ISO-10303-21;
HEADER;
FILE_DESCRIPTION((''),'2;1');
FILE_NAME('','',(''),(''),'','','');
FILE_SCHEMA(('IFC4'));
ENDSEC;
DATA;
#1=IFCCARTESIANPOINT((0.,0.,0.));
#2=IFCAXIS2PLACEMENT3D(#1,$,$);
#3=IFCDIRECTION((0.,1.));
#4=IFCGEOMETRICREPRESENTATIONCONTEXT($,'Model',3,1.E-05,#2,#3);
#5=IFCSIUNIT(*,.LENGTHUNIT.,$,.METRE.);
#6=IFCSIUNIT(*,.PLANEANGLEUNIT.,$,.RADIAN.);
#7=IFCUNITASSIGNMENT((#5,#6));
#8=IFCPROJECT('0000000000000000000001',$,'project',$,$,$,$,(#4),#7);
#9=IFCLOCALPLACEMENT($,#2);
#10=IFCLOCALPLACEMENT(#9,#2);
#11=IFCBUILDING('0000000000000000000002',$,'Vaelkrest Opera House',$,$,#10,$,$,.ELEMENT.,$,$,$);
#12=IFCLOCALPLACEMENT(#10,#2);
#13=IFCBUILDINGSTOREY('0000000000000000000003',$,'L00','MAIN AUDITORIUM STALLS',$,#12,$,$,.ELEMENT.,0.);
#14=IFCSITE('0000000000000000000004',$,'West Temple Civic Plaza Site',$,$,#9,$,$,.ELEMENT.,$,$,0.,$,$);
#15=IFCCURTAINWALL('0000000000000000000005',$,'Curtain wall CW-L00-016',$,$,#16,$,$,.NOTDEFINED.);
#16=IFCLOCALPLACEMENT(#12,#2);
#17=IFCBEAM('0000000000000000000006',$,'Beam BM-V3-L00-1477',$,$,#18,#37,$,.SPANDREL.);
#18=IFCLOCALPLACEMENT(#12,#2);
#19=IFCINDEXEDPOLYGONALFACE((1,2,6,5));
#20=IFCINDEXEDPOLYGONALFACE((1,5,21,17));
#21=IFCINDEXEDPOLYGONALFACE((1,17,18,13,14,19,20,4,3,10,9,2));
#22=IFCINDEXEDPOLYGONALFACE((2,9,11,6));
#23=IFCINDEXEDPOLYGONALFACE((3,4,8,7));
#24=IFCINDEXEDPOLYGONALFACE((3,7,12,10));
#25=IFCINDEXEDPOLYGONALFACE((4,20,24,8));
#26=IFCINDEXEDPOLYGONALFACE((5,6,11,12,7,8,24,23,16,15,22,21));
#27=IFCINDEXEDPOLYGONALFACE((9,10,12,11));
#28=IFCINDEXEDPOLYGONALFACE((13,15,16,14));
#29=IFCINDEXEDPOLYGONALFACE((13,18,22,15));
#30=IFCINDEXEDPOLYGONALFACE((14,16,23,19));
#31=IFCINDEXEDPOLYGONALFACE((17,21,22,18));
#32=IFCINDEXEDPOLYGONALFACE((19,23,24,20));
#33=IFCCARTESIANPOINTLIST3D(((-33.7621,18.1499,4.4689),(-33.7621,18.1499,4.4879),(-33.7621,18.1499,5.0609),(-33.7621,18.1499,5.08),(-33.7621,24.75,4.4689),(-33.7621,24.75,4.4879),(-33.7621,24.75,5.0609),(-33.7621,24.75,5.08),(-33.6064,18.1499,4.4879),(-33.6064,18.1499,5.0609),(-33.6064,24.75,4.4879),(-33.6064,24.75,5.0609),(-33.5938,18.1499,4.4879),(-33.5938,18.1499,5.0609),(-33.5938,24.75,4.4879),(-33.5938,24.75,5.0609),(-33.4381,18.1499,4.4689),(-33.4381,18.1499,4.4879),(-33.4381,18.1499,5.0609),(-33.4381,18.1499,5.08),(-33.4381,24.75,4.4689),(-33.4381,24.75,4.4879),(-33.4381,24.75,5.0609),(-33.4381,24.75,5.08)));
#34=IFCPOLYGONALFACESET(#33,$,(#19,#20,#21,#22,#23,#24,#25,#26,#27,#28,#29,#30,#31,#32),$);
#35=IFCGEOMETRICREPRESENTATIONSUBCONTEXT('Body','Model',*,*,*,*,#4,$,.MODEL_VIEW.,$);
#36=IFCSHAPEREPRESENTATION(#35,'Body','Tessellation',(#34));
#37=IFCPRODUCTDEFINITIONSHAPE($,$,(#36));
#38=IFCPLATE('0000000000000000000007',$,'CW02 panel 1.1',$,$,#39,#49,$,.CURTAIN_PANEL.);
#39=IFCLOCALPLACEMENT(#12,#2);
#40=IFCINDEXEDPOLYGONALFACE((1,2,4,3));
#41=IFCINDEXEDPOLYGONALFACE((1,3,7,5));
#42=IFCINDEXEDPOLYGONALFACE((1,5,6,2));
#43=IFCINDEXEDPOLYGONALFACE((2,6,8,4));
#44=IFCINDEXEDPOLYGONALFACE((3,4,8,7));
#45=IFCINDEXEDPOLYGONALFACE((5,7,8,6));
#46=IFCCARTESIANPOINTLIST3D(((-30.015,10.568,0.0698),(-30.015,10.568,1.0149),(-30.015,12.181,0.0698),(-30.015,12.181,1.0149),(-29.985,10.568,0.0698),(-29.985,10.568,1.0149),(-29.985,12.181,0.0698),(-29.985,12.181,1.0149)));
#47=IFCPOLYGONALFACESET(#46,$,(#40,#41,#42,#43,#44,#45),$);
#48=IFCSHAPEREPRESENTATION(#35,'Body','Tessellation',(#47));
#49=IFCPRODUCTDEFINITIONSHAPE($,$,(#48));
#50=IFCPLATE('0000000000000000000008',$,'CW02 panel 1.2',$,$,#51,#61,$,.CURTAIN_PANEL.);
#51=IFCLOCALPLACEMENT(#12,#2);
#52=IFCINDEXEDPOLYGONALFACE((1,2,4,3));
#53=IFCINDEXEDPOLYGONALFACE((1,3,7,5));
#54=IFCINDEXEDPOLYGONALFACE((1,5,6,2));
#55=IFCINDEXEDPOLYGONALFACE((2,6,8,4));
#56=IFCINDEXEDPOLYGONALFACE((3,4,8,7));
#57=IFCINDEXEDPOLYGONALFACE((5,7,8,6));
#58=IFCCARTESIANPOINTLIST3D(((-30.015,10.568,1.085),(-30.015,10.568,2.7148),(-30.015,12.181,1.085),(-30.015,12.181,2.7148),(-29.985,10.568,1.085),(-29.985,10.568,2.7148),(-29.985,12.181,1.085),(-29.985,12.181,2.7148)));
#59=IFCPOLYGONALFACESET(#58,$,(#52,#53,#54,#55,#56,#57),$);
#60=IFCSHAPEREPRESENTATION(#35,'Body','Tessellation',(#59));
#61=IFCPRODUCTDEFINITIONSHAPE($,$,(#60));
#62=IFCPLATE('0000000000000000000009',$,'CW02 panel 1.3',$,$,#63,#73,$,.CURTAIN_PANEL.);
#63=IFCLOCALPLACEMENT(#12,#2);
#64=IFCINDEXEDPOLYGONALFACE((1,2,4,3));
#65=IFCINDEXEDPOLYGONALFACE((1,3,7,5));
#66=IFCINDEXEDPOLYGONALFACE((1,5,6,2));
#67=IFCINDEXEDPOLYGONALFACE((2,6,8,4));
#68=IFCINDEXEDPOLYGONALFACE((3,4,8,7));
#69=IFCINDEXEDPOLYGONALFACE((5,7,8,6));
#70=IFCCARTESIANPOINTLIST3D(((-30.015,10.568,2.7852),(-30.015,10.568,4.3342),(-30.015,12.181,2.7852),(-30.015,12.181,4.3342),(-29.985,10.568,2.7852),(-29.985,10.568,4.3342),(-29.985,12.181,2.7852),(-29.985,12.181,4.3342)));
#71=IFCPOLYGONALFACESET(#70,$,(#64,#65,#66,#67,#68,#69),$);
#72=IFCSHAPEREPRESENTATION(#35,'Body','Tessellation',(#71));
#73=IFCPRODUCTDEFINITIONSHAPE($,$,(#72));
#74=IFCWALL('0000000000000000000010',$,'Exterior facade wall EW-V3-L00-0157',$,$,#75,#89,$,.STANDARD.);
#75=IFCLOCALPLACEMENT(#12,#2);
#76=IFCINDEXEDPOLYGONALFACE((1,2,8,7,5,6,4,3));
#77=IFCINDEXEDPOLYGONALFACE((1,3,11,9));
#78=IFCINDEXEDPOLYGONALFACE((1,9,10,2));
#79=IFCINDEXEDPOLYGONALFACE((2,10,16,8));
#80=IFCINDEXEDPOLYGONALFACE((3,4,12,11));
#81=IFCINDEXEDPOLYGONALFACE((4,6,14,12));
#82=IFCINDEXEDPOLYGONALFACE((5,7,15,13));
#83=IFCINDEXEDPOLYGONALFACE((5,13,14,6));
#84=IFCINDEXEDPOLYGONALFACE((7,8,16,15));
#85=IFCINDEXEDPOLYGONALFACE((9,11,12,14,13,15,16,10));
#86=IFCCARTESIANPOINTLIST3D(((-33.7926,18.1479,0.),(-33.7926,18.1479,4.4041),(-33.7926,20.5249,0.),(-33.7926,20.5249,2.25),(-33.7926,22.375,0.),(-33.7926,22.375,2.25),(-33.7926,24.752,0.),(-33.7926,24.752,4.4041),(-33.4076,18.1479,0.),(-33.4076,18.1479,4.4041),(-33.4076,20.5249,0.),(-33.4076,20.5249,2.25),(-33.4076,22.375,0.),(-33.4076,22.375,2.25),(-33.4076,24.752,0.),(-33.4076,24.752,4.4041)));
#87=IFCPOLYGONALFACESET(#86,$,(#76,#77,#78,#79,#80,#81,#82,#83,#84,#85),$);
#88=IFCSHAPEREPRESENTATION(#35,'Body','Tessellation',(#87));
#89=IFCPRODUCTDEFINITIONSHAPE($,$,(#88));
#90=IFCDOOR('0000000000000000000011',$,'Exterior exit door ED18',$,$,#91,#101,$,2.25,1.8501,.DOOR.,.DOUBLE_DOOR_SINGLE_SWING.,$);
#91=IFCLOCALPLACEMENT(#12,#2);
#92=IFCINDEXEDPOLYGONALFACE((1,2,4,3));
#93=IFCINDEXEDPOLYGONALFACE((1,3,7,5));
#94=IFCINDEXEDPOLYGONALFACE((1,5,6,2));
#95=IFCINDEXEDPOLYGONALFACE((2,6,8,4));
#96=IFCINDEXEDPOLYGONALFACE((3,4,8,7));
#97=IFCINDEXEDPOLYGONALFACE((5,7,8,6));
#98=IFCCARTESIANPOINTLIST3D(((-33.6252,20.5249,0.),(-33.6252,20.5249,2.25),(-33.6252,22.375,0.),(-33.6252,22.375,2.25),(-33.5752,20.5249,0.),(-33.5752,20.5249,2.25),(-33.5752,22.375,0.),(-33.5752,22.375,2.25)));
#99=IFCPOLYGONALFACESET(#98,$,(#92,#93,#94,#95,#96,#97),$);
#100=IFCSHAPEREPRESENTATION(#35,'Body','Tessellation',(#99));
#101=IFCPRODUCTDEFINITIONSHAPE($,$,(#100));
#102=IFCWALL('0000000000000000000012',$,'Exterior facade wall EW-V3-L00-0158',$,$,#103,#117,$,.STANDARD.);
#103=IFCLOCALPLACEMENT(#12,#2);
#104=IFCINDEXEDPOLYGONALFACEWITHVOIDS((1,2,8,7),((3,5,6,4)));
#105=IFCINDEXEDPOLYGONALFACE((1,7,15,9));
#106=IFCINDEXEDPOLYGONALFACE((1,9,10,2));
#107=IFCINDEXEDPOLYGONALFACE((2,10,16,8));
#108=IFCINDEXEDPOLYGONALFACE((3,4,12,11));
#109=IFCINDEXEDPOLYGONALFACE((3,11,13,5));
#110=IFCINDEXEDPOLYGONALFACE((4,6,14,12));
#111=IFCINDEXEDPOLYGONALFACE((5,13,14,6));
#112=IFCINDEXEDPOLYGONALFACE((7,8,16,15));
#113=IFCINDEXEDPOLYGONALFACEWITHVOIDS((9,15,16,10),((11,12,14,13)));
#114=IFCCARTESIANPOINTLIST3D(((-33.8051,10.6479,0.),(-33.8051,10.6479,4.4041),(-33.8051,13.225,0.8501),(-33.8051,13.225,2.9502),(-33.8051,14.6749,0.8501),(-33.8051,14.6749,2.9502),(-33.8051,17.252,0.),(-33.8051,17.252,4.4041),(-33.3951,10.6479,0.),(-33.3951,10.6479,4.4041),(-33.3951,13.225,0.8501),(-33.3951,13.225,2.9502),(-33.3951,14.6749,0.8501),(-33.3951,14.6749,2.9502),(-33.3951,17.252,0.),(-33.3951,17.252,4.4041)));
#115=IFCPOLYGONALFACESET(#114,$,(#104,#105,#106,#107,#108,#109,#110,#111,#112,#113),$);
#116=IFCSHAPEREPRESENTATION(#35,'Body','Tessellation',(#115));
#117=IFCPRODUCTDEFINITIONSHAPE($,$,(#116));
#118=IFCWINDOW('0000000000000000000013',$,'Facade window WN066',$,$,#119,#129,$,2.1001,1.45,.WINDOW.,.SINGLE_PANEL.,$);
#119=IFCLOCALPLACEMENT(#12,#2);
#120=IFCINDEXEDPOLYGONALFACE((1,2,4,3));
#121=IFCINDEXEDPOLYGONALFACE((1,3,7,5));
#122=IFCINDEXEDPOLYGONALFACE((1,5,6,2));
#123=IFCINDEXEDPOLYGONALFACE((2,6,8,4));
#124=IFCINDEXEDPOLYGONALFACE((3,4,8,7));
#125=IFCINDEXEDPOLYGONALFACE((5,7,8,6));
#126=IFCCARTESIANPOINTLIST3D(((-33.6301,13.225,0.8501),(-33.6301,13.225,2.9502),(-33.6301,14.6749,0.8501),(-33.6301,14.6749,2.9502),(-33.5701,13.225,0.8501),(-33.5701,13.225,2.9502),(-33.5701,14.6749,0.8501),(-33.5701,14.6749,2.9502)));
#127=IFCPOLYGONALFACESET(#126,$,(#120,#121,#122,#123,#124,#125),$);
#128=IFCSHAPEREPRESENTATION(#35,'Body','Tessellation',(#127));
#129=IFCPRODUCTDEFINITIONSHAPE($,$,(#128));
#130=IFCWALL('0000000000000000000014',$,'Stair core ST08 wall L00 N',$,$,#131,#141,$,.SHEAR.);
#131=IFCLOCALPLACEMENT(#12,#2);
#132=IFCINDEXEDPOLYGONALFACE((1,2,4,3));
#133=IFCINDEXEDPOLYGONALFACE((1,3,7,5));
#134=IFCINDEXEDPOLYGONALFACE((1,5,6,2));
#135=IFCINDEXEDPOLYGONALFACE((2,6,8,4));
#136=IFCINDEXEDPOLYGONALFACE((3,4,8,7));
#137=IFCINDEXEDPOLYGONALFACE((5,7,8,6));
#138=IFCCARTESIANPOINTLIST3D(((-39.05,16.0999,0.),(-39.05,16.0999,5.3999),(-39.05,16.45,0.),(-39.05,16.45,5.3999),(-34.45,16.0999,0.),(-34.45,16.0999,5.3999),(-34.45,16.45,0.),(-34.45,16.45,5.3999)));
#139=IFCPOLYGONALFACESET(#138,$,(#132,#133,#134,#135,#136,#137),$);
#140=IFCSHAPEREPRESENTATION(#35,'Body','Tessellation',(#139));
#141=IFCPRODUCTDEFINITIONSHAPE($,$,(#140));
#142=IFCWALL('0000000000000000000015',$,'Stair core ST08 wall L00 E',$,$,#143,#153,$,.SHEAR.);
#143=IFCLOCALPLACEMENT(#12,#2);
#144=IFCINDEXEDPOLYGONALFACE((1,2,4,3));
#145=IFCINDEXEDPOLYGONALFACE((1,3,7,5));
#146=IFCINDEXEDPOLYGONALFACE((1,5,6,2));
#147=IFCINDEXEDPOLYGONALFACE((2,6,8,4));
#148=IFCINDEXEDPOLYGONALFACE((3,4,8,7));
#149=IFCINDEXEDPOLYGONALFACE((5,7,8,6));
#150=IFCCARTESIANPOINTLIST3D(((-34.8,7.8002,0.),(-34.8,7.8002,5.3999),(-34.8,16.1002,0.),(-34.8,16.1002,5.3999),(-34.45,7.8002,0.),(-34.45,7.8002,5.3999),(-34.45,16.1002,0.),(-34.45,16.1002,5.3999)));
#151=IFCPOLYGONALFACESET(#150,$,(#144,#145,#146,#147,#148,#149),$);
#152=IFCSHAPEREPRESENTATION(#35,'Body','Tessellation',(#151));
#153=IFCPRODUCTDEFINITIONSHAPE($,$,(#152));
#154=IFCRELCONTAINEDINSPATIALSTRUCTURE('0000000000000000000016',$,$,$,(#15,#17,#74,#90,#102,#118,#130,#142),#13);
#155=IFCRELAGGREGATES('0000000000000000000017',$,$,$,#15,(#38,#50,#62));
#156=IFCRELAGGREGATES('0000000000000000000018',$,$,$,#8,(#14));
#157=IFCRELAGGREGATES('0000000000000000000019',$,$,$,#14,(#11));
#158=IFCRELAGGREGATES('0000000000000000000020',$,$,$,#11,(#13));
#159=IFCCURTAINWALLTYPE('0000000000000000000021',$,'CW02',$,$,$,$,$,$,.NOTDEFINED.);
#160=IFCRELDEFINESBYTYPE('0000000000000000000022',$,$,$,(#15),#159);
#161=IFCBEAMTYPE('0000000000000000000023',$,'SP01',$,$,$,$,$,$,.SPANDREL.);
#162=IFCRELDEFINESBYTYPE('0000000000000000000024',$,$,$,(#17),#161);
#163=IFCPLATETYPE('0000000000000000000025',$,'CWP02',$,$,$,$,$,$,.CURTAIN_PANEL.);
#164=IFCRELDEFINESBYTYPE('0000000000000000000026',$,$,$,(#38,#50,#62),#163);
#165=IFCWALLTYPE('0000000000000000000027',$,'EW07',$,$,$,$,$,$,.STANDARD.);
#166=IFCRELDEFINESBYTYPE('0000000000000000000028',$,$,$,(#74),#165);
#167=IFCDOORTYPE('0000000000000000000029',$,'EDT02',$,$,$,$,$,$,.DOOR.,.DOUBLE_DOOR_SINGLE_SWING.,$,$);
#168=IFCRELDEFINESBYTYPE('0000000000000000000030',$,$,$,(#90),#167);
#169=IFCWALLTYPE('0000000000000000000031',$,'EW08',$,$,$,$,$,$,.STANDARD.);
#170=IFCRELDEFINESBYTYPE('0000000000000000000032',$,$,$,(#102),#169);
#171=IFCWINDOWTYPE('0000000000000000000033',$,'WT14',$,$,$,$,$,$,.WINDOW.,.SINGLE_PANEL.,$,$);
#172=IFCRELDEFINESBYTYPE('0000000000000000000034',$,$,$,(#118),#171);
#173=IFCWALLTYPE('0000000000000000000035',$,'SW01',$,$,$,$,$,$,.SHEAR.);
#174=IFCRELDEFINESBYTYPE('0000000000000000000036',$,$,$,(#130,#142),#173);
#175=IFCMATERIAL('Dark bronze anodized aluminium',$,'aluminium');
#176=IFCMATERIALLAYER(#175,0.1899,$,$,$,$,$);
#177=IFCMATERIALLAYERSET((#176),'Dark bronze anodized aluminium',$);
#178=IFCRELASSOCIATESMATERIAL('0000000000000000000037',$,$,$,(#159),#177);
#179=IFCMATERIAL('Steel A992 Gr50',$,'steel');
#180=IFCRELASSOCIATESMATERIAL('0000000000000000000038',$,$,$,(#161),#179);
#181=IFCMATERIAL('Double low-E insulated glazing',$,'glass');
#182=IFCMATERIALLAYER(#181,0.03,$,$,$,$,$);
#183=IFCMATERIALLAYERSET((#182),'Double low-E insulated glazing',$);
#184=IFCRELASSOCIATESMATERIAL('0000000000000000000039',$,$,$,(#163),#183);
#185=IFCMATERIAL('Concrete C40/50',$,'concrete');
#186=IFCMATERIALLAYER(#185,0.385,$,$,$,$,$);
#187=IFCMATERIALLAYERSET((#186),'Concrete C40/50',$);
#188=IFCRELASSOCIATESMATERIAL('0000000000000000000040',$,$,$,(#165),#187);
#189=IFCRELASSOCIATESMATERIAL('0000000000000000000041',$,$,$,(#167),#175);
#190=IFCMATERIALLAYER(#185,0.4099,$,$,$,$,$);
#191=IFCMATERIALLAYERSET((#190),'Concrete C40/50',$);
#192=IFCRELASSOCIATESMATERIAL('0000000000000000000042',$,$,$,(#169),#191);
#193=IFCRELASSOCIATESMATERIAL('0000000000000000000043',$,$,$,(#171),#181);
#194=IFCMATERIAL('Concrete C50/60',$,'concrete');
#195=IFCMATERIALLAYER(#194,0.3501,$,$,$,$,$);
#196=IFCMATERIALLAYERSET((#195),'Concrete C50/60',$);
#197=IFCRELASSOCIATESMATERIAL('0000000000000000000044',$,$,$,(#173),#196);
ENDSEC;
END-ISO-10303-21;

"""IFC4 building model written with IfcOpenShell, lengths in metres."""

from ifc_helpers import new_model, si_unit, direction, frame, frame_2d, origin, origin_2d, place, context, subcontext, project, spatial, rectangle, i_section, extrude, material, layer, layer_set, material_profile, profile_set, type_object, element, fill, aggregate, save


model = new_model("IFC4")

# Units and contexts
model_context = context("Model", 3, precision=1e-05, world=origin(), true_north=direction((0.0, 1.0)))
body_context = subcontext(model_context, "Body", "Model", "MODEL_VIEW")
ifc_project = project(units=[si_unit("LENGTHUNIT", "METRE"), si_unit("PLANEANGLEUNIT", "RADIAN")], contexts=[model_context])

# Site, building, storey
site_placement = place(None, origin())
site = spatial("IfcSite", under=ifc_project, at=site_placement, Name="West Temple Civic Plaza Site", CompositionType="ELEMENT", RefElevation=0.0)
building_placement = place(site_placement, origin())
building = spatial("IfcBuilding", under=site, at=building_placement, Name="Vaelkrest Opera House", CompositionType="ELEMENT")
storey_placement = place(building_placement, origin())
storey = spatial("IfcBuildingStorey", under=building, at=storey_placement, Name="L00", Description="MAIN AUDITORIUM STALLS", CompositionType="ELEMENT", Elevation=0.0)

# Shared definitions
ifc_material_1 = material(Name="Concrete C50/60", Category="concrete")

# Shared definitions
ifc_material_2 = material(Name="Dark bronze anodized aluminium", Category="aluminium")

# Curtain wall
ifc_layer_1 = layer(ifc_material_2, 0.1899)
ifc_layer_set_1 = layer_set([ifc_layer_1], Name="Dark bronze anodized aluminium")
curtain_wall_type_1 = type_object("IfcCurtainWallType", Name="CW02", PredefinedType="NOTDEFINED", material=ifc_layer_set_1)
curtain_wall_1_placement = place(storey_placement, origin())
curtain_wall_1 = element("IfcCurtainWall", 1, at=curtain_wall_1_placement, inside=storey, type_object=curtain_wall_type_1, Name="Curtain wall CW-L00-016", PredefinedType="NOTDEFINED")

# Beam
ifc_material_3 = material(Name="Steel A992 Gr50", Category="steel")
ifc_material_profile_1 = material_profile(ifc_material_3, i_section(OverallWidth=0.324, OverallDepth=0.6111, WebThickness=0.0127, FlangeThickness=0.019, at=origin_2d()), Name="W24X104")
ifc_profile_set_1 = profile_set([ifc_material_profile_1], Name="Steel A992 Gr50")
beam_type_1 = type_object("IfcBeamType", Name="SP01", PredefinedType="SPANDREL", material=ifc_profile_set_1)
for number, where, z_axis, x_axis, name in (
    (2, (-33.6001, 18.1499, 4.7744), (0.0, 1.0, 0.0), (-1.0, 0.0, 0.0), "Beam BM-V3-L00-1477"),
):
    element("IfcBeam", number, at=place(storey_placement, frame(where, z_axis=z_axis, x_axis=x_axis)), inside=storey, type_object=beam_type_1, Name=name, PredefinedType="SPANDREL", context=body_context, shape_type="SweptSolid", body=[
        extrude(i_section(OverallWidth=0.324, OverallDepth=0.6111, WebThickness=0.0127, FlangeThickness=0.019, at=origin_2d()), origin(), (0.0, 0.0, 1.0), 6.6001),
    ])

# Plates
ifc_material_4 = material(Name="Double low-E insulated glazing", Category="glass")
ifc_layer_2 = layer(ifc_material_4, 0.03)
ifc_layer_set_2 = layer_set([ifc_layer_2], Name="Double low-E insulated glazing")
plate_type = type_object("IfcPlateType", Name="CWP02", PredefinedType="CURTAIN_PANEL", material=ifc_layer_set_2)
plate_1_placement = place(storey_placement, frame((-30.0, 11.3745, 0.0698), z_axis=(0.0, 0.0, 1.0), x_axis=(0.0, 1.0, 0.0)))
plate_1 = element("IfcPlate", 3, at=plate_1_placement, type_object=plate_type, Name="CW02 panel 1.1", PredefinedType="CURTAIN_PANEL", context=body_context, shape_type="SweptSolid", body=[
    extrude(rectangle(XDim=1.613, YDim=0.03, at=origin_2d()), origin(), (0.0, 0.0, 1.0), 0.9451),
])
plate_2_placement = place(storey_placement, frame((-30.0, 11.3745, 1.085), z_axis=(0.0, 0.0, 1.0), x_axis=(0.0, 1.0, 0.0)))
plate_2 = element("IfcPlate", 4, at=plate_2_placement, type_object=plate_type, Name="CW02 panel 1.2", PredefinedType="CURTAIN_PANEL", context=body_context, shape_type="SweptSolid", body=[
    extrude(rectangle(XDim=1.613, YDim=0.03, at=origin_2d()), origin(), (0.0, 0.0, 1.0), 1.6299),
])
plate_3_placement = place(storey_placement, frame((-30.0, 11.3745, 2.7852), z_axis=(0.0, 0.0, 1.0), x_axis=(0.0, 1.0, 0.0)))
plate_3 = element("IfcPlate", 5, at=plate_3_placement, type_object=plate_type, Name="CW02 panel 1.3", PredefinedType="CURTAIN_PANEL", context=body_context, shape_type="SweptSolid", body=[
    extrude(rectangle(XDim=1.613, YDim=0.03, at=origin_2d()), origin(), (0.0, 0.0, 1.0), 1.5491),
])
aggregate(curtain_wall_1, [plate_1, plate_2, plate_3])

# Wall, opening, door
ifc_material_5 = material(Name="Concrete C40/50", Category="concrete")
ifc_layer_3 = layer(ifc_material_5, 0.385)
ifc_layer_set_3 = layer_set([ifc_layer_3], Name="Concrete C40/50")
wall_type_1 = type_object("IfcWallType", Name="EW07", PredefinedType="STANDARD", material=ifc_layer_set_3)
wall_1_placement = place(storey_placement, frame((-33.6001, 24.752, 0.0), z_axis=(0.0, 0.0, 1.0), x_axis=(0.0, -1.0, 0.0)))
wall_1 = element("IfcWall", 6, at=wall_1_placement, inside=storey, type_object=wall_type_1, Name="Exterior facade wall EW-V3-L00-0157", PredefinedType="STANDARD", context=body_context, shape_type="SweptSolid", body=[
    extrude(rectangle(XDim=6.604, YDim=0.385, at=frame_2d((3.302, 0.0))), origin(), (0.0, 0.0, 1.0), 4.4041),
])
opening_1_placement = place(wall_1_placement, frame((2.377, 0.0, 0.0)))
opening_1 = element("IfcOpeningElement", 7, at=opening_1_placement, cuts=wall_1, PredefinedType="OPENING", context=body_context, shape_type="SweptSolid", body=[
    extrude(rectangle(XDim=1.8501, YDim=2.25, at=frame_2d((0.925, 1.125))), frame((0.0, 0.2024, 0.0), z_axis=(0.0, -1.0, 0.0), x_axis=(1.0, 0.0, 0.0)), (0.0, 0.0, 1.0), 0.405),
])
door_type = type_object("IfcDoorType", Name="EDT02", OperationType="DOUBLE_DOOR_SINGLE_SWING", PredefinedType="DOOR", material=ifc_material_2)
door_placement = place(opening_1_placement, origin())
door = element("IfcDoor", 8, at=door_placement, inside=storey, type_object=door_type, Name="Exterior exit door ED18", OperationType="DOUBLE_DOOR_SINGLE_SWING", OverallHeight=2.25, OverallWidth=1.8501, PredefinedType="DOOR", context=body_context, shape_type="SweptSolid", body=[
    extrude(rectangle(XDim=1.8501, YDim=2.25, at=frame_2d((0.925, 1.125))), frame((0.0, 0.0249, 0.0), z_axis=(0.0, -1.0, 0.0), x_axis=(1.0, 0.0, 0.0)), (0.0, 0.0, 1.0), 0.05),
])
fill(opening_1, door)

# Wall, opening, window
ifc_layer_4 = layer(ifc_material_5, 0.4099)
ifc_layer_set_4 = layer_set([ifc_layer_4], Name="Concrete C40/50")
wall_type_2 = type_object("IfcWallType", Name="EW08", PredefinedType="STANDARD", material=ifc_layer_set_4)
wall_2_placement = place(storey_placement, frame((-33.6001, 17.252, 0.0), z_axis=(0.0, 0.0, 1.0), x_axis=(0.0, -1.0, 0.0)))
wall_2 = element("IfcWall", 9, at=wall_2_placement, inside=storey, type_object=wall_type_2, Name="Exterior facade wall EW-V3-L00-0158", PredefinedType="STANDARD", context=body_context, shape_type="SweptSolid", body=[
    extrude(rectangle(XDim=6.604, YDim=0.4099, at=frame_2d((3.302, 0.0))), origin(), (0.0, 0.0, 1.0), 4.4041),
])
opening_2_placement = place(wall_2_placement, frame((2.5769, 0.0, 0.8501)))
opening_2 = element("IfcOpeningElement", 10, at=opening_2_placement, cuts=wall_2, PredefinedType="OPENING", context=body_context, shape_type="SweptSolid", body=[
    extrude(rectangle(XDim=1.45, YDim=2.1001, at=frame_2d((0.7251, 1.05))), frame((0.0, 0.2148, 0.0), z_axis=(0.0, -1.0, 0.0), x_axis=(1.0, 0.0, 0.0)), (0.0, 0.0, 1.0), 0.4299),
])
window_type = type_object("IfcWindowType", Name="WT14", PartitioningType="SINGLE_PANEL", PredefinedType="WINDOW", material=ifc_material_4)
window_placement = place(opening_2_placement, origin())
window = element("IfcWindow", 11, at=window_placement, inside=storey, type_object=window_type, Name="Facade window WN066", OverallHeight=2.1001, OverallWidth=1.45, PartitioningType="SINGLE_PANEL", PredefinedType="WINDOW", context=body_context, shape_type="SweptSolid", body=[
    extrude(rectangle(XDim=1.45, YDim=2.1001, at=frame_2d((0.7251, 1.05))), frame((0.0, 0.03, 0.0), z_axis=(0.0, -1.0, 0.0), x_axis=(1.0, 0.0, 0.0)), (0.0, 0.0, 1.0), 0.0601),
])
fill(opening_2, window)

# Walls
ifc_layer_5 = layer(ifc_material_1, 0.3501)
ifc_layer_set_5 = layer_set([ifc_layer_5], Name="Concrete C50/60")
wall_type_3 = type_object("IfcWallType", Name="SW01", PredefinedType="SHEAR", material=ifc_layer_set_5)
wall_3_placement = place(storey_placement, frame((-39.05, 16.2749, 0.0), z_axis=(0.0, 0.0, 1.0), x_axis=(1.0, 0.0, 0.0)))
element("IfcWall", 12, at=wall_3_placement, inside=storey, type_object=wall_type_3, Name="Stair core ST08 wall L00 N", PredefinedType="SHEAR", context=body_context, shape_type="SweptSolid", body=[
    extrude(rectangle(XDim=4.6001, YDim=0.3501, at=frame_2d((2.3, 0.0))), origin(), (0.0, 0.0, 1.0), 5.3999),
])
wall_4_placement = place(storey_placement, frame((-34.625, 16.1001, 0.0), z_axis=(0.0, 0.0, 1.0), x_axis=(0.0, -1.0, 0.0)))
element("IfcWall", 13, at=wall_4_placement, inside=storey, type_object=wall_type_3, Name="Stair core ST08 wall L00 E", PredefinedType="SHEAR", context=body_context, shape_type="SweptSolid", body=[
    extrude(rectangle(XDim=8.3, YDim=0.3501, at=frame_2d((4.1499, 0.0))), origin(), (0.0, 0.0, 1.0), 5.3999),
])

save(model, "model.ifc")
